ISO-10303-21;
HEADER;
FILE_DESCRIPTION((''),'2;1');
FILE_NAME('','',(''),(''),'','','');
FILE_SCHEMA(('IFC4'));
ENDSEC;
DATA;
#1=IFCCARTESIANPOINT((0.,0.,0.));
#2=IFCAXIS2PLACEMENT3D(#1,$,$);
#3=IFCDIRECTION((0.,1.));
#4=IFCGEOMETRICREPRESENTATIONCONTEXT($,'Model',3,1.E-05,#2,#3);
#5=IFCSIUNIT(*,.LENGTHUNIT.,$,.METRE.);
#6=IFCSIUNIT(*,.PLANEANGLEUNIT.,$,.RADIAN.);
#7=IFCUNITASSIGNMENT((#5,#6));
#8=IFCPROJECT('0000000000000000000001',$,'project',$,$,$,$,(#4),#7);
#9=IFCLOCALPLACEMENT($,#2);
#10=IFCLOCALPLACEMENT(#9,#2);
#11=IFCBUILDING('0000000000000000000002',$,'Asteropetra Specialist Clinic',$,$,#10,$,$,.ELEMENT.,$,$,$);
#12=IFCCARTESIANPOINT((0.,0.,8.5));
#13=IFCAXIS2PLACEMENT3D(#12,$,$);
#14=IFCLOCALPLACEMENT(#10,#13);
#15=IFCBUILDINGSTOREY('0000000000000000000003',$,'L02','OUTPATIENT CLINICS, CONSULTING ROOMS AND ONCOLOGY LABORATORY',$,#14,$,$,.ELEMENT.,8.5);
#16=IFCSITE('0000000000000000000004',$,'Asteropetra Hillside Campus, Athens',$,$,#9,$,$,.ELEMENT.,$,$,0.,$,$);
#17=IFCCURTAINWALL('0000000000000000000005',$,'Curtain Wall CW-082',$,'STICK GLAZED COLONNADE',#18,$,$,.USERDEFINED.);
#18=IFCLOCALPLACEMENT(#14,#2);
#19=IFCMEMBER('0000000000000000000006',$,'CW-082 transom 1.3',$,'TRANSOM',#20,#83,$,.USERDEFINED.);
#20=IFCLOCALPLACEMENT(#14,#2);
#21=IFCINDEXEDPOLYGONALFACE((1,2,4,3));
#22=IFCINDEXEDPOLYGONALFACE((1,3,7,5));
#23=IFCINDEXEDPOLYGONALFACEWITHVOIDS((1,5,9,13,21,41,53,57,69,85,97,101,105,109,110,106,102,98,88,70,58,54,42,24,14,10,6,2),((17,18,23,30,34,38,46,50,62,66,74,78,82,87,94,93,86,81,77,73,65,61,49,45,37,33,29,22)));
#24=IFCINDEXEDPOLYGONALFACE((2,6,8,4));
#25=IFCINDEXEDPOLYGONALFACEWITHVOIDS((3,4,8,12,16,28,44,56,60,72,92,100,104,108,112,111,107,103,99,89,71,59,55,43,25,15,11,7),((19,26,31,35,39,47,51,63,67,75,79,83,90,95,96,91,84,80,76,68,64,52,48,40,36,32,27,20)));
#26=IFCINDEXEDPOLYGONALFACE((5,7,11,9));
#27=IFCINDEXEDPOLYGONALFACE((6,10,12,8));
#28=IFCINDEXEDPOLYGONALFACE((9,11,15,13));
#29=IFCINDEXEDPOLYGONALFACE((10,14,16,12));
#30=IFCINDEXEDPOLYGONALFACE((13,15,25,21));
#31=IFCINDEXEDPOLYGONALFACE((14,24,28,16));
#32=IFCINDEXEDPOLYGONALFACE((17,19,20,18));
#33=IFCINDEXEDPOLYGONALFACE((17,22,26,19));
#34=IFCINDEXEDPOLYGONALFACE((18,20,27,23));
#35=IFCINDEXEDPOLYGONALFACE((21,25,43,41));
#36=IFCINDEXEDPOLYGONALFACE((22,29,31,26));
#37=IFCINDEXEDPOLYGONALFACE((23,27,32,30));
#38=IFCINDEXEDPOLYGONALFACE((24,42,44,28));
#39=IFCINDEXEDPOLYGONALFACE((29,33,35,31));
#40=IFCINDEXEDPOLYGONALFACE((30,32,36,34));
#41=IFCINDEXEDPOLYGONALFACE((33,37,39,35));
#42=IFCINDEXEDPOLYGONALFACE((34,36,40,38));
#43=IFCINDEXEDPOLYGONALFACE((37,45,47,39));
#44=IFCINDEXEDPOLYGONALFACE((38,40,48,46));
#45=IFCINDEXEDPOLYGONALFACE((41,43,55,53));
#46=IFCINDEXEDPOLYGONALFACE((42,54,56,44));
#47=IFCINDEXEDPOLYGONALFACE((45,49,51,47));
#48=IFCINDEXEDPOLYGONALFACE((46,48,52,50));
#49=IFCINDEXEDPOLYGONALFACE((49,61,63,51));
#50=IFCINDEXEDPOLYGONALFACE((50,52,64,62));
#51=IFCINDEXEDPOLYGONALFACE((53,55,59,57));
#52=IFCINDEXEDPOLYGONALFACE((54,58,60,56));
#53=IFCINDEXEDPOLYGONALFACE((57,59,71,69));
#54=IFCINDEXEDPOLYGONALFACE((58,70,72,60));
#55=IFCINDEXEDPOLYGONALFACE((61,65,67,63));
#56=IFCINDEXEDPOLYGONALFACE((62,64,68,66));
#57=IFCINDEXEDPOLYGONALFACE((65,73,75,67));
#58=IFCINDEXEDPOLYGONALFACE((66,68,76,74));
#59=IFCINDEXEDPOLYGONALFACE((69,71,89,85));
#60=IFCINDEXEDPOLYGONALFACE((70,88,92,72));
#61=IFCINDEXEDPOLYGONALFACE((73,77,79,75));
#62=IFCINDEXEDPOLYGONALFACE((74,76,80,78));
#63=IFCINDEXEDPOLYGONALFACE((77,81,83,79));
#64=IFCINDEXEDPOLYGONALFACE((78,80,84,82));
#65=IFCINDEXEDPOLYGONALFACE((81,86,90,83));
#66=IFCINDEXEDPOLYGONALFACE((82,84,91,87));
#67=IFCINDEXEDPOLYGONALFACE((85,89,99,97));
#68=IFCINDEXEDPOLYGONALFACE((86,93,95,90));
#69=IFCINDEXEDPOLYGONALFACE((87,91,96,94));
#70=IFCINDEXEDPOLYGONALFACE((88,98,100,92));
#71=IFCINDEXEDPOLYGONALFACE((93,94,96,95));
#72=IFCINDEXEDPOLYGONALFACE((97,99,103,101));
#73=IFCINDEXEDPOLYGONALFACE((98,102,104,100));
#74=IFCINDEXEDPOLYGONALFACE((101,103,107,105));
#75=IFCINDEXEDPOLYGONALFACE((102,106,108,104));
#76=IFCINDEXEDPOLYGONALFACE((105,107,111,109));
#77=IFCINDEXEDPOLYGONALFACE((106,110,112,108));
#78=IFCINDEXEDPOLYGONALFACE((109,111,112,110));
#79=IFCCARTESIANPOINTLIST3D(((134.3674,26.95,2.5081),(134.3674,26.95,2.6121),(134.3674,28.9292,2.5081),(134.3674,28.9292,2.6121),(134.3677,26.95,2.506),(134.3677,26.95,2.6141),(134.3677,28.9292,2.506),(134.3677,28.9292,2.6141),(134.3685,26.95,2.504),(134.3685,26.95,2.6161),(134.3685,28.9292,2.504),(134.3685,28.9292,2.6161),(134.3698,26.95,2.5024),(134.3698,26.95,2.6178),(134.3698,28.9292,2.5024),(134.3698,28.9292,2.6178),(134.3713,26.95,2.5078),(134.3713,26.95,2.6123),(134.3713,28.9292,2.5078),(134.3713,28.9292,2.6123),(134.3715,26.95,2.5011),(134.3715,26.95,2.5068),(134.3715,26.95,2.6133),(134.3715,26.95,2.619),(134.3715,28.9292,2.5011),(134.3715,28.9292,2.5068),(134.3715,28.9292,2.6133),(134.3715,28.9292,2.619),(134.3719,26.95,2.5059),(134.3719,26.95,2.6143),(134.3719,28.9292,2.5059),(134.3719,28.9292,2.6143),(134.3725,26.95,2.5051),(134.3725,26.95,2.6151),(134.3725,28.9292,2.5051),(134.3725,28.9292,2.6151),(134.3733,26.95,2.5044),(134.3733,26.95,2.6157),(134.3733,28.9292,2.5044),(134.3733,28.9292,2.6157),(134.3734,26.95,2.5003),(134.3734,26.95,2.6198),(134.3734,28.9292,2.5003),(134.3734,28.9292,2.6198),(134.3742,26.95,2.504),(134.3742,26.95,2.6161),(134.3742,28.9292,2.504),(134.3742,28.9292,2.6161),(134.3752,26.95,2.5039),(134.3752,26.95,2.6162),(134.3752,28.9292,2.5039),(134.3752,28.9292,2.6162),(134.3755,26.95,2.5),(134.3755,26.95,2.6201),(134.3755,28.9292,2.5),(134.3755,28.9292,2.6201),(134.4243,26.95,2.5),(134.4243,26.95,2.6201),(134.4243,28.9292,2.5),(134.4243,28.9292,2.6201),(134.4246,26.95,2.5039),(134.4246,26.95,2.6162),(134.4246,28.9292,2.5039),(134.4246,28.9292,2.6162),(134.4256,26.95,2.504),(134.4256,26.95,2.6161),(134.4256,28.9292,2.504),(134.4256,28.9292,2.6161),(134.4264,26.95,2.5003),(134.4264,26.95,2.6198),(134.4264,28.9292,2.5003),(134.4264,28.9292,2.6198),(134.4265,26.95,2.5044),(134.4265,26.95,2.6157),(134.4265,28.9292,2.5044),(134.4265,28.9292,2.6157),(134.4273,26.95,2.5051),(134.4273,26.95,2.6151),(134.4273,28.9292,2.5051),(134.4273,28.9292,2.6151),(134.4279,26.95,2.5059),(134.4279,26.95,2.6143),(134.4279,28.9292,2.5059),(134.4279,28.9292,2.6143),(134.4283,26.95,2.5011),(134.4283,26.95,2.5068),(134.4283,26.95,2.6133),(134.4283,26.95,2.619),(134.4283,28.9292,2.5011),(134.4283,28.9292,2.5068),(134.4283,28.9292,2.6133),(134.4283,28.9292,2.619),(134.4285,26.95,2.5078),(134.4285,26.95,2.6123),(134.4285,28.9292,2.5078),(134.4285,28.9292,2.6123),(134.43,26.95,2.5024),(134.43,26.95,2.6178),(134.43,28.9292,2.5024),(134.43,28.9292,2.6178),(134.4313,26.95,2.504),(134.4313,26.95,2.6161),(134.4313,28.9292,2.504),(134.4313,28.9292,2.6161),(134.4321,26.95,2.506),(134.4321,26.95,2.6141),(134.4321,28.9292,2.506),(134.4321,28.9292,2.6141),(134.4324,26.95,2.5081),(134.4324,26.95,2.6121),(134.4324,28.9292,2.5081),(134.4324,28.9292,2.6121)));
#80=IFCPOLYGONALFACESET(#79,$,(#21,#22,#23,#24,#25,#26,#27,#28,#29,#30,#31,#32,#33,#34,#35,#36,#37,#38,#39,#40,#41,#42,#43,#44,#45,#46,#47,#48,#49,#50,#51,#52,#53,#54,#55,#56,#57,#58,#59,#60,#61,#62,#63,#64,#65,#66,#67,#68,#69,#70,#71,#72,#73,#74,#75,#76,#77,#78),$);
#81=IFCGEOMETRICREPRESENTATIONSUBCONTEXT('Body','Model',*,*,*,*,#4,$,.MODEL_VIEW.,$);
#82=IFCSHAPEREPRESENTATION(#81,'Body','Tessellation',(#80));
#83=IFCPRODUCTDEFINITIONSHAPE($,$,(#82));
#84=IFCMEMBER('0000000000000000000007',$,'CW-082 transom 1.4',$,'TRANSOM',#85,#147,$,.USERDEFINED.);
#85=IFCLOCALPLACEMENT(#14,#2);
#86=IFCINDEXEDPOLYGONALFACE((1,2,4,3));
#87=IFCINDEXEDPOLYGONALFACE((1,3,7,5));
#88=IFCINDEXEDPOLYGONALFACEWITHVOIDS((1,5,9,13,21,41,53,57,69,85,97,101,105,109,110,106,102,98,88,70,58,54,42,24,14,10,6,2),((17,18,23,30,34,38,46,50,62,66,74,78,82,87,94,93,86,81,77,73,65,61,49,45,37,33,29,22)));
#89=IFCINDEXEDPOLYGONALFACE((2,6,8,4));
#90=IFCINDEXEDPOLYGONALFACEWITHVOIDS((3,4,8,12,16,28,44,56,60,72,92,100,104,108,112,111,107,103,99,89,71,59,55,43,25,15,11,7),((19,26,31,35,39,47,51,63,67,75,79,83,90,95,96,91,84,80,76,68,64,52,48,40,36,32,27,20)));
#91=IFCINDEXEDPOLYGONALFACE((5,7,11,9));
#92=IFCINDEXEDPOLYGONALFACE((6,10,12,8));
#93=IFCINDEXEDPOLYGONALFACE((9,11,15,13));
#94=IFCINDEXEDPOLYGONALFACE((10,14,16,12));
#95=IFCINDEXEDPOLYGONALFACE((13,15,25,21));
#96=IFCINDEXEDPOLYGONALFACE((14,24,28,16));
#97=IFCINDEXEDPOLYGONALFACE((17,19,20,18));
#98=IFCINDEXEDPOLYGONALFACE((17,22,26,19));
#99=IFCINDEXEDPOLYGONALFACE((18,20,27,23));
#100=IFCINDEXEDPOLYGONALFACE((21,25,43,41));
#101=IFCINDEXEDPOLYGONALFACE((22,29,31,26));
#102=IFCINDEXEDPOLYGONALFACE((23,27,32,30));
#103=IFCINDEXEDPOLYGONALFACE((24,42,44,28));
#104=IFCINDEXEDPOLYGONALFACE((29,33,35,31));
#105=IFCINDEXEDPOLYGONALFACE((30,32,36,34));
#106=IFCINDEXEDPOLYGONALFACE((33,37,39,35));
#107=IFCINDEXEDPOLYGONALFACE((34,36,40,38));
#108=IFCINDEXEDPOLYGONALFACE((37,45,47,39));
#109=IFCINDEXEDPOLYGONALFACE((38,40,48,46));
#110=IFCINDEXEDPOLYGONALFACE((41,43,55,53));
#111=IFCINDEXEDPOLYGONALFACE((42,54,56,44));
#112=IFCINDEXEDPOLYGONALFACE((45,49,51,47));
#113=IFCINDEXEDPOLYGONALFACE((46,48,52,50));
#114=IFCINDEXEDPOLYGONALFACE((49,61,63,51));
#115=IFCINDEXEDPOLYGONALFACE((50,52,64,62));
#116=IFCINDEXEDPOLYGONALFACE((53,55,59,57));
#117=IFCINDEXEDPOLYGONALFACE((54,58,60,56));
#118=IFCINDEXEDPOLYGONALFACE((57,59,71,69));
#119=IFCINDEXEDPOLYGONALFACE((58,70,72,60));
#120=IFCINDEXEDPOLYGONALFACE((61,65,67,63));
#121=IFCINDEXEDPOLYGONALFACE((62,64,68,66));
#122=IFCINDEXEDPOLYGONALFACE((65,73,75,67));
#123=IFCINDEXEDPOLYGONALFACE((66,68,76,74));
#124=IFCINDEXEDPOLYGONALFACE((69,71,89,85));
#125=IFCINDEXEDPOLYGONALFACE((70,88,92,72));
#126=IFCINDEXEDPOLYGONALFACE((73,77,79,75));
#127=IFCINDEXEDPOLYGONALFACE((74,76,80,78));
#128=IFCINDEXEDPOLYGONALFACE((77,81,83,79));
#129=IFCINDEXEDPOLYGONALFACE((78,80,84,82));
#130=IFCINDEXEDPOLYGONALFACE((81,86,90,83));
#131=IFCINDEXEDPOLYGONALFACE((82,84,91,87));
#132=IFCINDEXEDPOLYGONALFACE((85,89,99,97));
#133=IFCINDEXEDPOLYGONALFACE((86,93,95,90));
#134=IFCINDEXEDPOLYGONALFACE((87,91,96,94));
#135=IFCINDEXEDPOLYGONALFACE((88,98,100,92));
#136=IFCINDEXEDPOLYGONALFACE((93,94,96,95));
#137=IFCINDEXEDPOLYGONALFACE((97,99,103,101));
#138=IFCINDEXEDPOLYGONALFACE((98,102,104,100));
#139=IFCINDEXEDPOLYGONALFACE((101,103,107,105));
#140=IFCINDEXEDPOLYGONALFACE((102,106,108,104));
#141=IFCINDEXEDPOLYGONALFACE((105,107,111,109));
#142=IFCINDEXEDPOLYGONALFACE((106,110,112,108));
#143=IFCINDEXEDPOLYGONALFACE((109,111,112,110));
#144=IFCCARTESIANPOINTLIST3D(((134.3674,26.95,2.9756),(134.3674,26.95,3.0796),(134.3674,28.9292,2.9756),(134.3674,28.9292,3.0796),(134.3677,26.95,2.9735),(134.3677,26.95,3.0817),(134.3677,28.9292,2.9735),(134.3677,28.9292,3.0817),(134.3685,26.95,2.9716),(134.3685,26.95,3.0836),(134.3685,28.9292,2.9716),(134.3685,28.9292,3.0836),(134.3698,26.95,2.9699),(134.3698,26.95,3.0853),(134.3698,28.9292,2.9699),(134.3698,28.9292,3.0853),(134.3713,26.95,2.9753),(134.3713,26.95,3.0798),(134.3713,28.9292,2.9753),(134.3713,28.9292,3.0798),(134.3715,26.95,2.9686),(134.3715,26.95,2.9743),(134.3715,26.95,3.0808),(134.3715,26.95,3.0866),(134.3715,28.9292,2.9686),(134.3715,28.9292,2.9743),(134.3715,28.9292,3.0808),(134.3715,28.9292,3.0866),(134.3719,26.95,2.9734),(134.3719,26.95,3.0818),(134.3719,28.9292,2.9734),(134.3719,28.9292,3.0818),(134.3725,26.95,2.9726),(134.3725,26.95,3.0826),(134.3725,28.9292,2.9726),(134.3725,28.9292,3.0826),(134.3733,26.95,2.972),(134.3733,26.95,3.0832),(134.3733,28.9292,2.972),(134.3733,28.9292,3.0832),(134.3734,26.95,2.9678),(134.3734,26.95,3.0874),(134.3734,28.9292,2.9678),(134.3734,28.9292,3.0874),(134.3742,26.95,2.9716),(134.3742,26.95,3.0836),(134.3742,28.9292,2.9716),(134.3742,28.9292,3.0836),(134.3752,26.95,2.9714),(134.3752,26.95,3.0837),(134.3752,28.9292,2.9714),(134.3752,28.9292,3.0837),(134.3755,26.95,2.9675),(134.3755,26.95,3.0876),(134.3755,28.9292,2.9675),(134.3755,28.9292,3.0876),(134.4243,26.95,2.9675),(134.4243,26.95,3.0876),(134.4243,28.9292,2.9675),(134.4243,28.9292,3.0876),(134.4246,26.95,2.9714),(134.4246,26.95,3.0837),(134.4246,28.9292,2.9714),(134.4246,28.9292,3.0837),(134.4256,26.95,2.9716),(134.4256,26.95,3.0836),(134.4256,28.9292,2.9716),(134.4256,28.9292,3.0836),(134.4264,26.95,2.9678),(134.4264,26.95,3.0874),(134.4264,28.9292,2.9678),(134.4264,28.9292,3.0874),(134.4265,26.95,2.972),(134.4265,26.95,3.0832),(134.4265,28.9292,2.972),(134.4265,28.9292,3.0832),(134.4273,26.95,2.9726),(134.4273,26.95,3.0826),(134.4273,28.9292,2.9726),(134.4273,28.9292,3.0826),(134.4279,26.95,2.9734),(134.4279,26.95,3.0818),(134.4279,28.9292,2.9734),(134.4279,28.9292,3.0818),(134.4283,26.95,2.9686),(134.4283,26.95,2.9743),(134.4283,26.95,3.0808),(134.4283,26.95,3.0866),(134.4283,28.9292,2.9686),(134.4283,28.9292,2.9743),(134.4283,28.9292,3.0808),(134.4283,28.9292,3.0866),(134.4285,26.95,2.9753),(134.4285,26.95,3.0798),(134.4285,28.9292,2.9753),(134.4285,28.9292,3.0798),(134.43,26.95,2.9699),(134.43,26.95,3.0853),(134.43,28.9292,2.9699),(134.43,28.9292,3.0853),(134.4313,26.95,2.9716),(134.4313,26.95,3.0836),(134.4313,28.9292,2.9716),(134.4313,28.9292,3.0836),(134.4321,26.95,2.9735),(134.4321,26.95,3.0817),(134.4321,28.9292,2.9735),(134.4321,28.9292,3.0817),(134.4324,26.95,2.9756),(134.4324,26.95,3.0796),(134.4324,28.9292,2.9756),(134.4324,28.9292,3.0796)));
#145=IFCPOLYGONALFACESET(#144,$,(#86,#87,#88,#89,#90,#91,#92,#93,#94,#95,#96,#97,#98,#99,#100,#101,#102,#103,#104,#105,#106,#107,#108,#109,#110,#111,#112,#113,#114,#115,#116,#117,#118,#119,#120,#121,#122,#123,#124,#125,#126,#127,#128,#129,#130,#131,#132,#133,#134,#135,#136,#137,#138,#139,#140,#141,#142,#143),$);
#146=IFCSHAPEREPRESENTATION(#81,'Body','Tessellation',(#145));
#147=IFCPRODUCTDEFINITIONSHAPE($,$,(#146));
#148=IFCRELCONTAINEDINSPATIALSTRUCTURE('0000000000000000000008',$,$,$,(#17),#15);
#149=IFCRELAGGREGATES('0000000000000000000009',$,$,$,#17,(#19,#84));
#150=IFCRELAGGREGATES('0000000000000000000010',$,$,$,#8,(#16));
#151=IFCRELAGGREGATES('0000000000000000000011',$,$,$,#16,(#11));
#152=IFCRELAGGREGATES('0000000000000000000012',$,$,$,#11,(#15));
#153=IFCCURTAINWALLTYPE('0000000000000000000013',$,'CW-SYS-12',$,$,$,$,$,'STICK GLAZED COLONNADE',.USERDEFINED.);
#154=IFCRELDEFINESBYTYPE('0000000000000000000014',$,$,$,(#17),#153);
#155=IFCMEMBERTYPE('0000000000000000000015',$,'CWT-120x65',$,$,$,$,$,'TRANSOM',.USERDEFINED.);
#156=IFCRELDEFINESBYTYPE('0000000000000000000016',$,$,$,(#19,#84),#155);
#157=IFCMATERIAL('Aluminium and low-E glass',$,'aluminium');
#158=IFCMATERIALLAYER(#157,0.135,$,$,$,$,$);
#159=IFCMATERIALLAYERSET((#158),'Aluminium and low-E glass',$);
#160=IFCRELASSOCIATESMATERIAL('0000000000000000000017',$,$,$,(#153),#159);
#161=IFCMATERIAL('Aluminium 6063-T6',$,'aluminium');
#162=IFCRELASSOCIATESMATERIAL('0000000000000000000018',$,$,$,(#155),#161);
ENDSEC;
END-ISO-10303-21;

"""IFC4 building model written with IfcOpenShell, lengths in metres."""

from ifc_helpers import new_model, si_unit, direction, frame, origin, origin_2d, place, context, subcontext, project, spatial, hollow_rectangle, extrude, material, layer, layer_set, material_profile, profile_set, type_object, element, aggregate, save


model = new_model("IFC4")

# Units and contexts
model_context = context("Model", 3, precision=1e-05, world=origin(), true_north=direction((0.0, 1.0)))
body_context = subcontext(model_context, "Body", "Model", "MODEL_VIEW")
ifc_project = project(units=[si_unit("LENGTHUNIT", "METRE"), si_unit("PLANEANGLEUNIT", "RADIAN")], contexts=[model_context])

# Site, building, storey
site_placement = place(None, origin())
site = spatial("IfcSite", under=ifc_project, at=site_placement, Name="Asteropetra Hillside Campus, Athens", CompositionType="ELEMENT", RefElevation=0.0)
building_placement = place(site_placement, origin())
building = spatial("IfcBuilding", under=site, at=building_placement, Name="Asteropetra Specialist Clinic", CompositionType="ELEMENT")
storey_placement = place(building_placement, frame((0.0, 0.0, 8.5)))
storey = spatial("IfcBuildingStorey", under=building, at=storey_placement, Name="L02", Description="OUTPATIENT CLINICS, CONSULTING ROOMS AND ONCOLOGY LABORATORY", CompositionType="ELEMENT", Elevation=8.5)

# Curtain wall, members
ifc_material_1 = material(Name="Aluminium and low-E glass", Category="aluminium")
ifc_layer_1 = layer(ifc_material_1, 0.135)
ifc_layer_set_1 = layer_set([ifc_layer_1], Name="Aluminium and low-E glass")
curtain_wall_type_1 = type_object("IfcCurtainWallType", Name="CW-SYS-12", ElementType="STICK GLAZED COLONNADE", PredefinedType="USERDEFINED", material=ifc_layer_set_1)
curtain_wall_1_placement = place(storey_placement, origin())
curtain_wall_1 = element("IfcCurtainWall", 1, at=curtain_wall_1_placement, inside=storey, type_object=curtain_wall_type_1, Name="Curtain Wall CW-082", ObjectType="STICK GLAZED COLONNADE", PredefinedType="USERDEFINED")
ifc_material_2 = material(Name="Aluminium 6063-T6", Category="aluminium")
ifc_material_profile_1 = material_profile(ifc_material_2, hollow_rectangle(XDim=0.0649, YDim=0.1201, WallThickness=0.0039, InnerFilletRadius=0.0039, OuterFilletRadius=0.0081, at=origin_2d()), Name="TRN 120x65x4.0")
ifc_profile_set_1 = profile_set([ifc_material_profile_1], Name="Aluminium 6063-T6")
member_type_1 = type_object("IfcMemberType", Name="CWT-120x65", ElementType="TRANSOM", PredefinedType="USERDEFINED", material=ifc_profile_set_1)
member_1_placement = place(storey_placement, frame((134.3999, 26.95, 2.5601), z_axis=(0.0, 1.0, 0.0), x_axis=(-1.0, 0.0, 0.0)))
member_1 = element("IfcMember", 2, at=member_1_placement, type_object=member_type_1, Name="CW-082 transom 1.3", ObjectType="TRANSOM", PredefinedType="USERDEFINED", context=body_context, shape_type="SweptSolid", body=[
    extrude(hollow_rectangle(XDim=0.0649, YDim=0.1201, WallThickness=0.0039, InnerFilletRadius=0.0039, OuterFilletRadius=0.0081, at=origin_2d()), origin(), (0.0, 0.0, 1.0), 1.9792),
])
member_2_placement = place(storey_placement, frame((134.3999, 26.95, 3.0276), z_axis=(0.0, 1.0, 0.0), x_axis=(-1.0, 0.0, 0.0)))
member_2 = element("IfcMember", 3, at=member_2_placement, type_object=member_type_1, Name="CW-082 transom 1.4", ObjectType="TRANSOM", PredefinedType="USERDEFINED", context=body_context, shape_type="SweptSolid", body=[
    extrude(hollow_rectangle(XDim=0.0649, YDim=0.1201, WallThickness=0.0039, InnerFilletRadius=0.0039, OuterFilletRadius=0.0081, at=origin_2d()), origin(), (0.0, 0.0, 1.0), 1.9792),
])

aggregate(curtain_wall_1, [member_1, member_2])

save(model, "model.ifc")
